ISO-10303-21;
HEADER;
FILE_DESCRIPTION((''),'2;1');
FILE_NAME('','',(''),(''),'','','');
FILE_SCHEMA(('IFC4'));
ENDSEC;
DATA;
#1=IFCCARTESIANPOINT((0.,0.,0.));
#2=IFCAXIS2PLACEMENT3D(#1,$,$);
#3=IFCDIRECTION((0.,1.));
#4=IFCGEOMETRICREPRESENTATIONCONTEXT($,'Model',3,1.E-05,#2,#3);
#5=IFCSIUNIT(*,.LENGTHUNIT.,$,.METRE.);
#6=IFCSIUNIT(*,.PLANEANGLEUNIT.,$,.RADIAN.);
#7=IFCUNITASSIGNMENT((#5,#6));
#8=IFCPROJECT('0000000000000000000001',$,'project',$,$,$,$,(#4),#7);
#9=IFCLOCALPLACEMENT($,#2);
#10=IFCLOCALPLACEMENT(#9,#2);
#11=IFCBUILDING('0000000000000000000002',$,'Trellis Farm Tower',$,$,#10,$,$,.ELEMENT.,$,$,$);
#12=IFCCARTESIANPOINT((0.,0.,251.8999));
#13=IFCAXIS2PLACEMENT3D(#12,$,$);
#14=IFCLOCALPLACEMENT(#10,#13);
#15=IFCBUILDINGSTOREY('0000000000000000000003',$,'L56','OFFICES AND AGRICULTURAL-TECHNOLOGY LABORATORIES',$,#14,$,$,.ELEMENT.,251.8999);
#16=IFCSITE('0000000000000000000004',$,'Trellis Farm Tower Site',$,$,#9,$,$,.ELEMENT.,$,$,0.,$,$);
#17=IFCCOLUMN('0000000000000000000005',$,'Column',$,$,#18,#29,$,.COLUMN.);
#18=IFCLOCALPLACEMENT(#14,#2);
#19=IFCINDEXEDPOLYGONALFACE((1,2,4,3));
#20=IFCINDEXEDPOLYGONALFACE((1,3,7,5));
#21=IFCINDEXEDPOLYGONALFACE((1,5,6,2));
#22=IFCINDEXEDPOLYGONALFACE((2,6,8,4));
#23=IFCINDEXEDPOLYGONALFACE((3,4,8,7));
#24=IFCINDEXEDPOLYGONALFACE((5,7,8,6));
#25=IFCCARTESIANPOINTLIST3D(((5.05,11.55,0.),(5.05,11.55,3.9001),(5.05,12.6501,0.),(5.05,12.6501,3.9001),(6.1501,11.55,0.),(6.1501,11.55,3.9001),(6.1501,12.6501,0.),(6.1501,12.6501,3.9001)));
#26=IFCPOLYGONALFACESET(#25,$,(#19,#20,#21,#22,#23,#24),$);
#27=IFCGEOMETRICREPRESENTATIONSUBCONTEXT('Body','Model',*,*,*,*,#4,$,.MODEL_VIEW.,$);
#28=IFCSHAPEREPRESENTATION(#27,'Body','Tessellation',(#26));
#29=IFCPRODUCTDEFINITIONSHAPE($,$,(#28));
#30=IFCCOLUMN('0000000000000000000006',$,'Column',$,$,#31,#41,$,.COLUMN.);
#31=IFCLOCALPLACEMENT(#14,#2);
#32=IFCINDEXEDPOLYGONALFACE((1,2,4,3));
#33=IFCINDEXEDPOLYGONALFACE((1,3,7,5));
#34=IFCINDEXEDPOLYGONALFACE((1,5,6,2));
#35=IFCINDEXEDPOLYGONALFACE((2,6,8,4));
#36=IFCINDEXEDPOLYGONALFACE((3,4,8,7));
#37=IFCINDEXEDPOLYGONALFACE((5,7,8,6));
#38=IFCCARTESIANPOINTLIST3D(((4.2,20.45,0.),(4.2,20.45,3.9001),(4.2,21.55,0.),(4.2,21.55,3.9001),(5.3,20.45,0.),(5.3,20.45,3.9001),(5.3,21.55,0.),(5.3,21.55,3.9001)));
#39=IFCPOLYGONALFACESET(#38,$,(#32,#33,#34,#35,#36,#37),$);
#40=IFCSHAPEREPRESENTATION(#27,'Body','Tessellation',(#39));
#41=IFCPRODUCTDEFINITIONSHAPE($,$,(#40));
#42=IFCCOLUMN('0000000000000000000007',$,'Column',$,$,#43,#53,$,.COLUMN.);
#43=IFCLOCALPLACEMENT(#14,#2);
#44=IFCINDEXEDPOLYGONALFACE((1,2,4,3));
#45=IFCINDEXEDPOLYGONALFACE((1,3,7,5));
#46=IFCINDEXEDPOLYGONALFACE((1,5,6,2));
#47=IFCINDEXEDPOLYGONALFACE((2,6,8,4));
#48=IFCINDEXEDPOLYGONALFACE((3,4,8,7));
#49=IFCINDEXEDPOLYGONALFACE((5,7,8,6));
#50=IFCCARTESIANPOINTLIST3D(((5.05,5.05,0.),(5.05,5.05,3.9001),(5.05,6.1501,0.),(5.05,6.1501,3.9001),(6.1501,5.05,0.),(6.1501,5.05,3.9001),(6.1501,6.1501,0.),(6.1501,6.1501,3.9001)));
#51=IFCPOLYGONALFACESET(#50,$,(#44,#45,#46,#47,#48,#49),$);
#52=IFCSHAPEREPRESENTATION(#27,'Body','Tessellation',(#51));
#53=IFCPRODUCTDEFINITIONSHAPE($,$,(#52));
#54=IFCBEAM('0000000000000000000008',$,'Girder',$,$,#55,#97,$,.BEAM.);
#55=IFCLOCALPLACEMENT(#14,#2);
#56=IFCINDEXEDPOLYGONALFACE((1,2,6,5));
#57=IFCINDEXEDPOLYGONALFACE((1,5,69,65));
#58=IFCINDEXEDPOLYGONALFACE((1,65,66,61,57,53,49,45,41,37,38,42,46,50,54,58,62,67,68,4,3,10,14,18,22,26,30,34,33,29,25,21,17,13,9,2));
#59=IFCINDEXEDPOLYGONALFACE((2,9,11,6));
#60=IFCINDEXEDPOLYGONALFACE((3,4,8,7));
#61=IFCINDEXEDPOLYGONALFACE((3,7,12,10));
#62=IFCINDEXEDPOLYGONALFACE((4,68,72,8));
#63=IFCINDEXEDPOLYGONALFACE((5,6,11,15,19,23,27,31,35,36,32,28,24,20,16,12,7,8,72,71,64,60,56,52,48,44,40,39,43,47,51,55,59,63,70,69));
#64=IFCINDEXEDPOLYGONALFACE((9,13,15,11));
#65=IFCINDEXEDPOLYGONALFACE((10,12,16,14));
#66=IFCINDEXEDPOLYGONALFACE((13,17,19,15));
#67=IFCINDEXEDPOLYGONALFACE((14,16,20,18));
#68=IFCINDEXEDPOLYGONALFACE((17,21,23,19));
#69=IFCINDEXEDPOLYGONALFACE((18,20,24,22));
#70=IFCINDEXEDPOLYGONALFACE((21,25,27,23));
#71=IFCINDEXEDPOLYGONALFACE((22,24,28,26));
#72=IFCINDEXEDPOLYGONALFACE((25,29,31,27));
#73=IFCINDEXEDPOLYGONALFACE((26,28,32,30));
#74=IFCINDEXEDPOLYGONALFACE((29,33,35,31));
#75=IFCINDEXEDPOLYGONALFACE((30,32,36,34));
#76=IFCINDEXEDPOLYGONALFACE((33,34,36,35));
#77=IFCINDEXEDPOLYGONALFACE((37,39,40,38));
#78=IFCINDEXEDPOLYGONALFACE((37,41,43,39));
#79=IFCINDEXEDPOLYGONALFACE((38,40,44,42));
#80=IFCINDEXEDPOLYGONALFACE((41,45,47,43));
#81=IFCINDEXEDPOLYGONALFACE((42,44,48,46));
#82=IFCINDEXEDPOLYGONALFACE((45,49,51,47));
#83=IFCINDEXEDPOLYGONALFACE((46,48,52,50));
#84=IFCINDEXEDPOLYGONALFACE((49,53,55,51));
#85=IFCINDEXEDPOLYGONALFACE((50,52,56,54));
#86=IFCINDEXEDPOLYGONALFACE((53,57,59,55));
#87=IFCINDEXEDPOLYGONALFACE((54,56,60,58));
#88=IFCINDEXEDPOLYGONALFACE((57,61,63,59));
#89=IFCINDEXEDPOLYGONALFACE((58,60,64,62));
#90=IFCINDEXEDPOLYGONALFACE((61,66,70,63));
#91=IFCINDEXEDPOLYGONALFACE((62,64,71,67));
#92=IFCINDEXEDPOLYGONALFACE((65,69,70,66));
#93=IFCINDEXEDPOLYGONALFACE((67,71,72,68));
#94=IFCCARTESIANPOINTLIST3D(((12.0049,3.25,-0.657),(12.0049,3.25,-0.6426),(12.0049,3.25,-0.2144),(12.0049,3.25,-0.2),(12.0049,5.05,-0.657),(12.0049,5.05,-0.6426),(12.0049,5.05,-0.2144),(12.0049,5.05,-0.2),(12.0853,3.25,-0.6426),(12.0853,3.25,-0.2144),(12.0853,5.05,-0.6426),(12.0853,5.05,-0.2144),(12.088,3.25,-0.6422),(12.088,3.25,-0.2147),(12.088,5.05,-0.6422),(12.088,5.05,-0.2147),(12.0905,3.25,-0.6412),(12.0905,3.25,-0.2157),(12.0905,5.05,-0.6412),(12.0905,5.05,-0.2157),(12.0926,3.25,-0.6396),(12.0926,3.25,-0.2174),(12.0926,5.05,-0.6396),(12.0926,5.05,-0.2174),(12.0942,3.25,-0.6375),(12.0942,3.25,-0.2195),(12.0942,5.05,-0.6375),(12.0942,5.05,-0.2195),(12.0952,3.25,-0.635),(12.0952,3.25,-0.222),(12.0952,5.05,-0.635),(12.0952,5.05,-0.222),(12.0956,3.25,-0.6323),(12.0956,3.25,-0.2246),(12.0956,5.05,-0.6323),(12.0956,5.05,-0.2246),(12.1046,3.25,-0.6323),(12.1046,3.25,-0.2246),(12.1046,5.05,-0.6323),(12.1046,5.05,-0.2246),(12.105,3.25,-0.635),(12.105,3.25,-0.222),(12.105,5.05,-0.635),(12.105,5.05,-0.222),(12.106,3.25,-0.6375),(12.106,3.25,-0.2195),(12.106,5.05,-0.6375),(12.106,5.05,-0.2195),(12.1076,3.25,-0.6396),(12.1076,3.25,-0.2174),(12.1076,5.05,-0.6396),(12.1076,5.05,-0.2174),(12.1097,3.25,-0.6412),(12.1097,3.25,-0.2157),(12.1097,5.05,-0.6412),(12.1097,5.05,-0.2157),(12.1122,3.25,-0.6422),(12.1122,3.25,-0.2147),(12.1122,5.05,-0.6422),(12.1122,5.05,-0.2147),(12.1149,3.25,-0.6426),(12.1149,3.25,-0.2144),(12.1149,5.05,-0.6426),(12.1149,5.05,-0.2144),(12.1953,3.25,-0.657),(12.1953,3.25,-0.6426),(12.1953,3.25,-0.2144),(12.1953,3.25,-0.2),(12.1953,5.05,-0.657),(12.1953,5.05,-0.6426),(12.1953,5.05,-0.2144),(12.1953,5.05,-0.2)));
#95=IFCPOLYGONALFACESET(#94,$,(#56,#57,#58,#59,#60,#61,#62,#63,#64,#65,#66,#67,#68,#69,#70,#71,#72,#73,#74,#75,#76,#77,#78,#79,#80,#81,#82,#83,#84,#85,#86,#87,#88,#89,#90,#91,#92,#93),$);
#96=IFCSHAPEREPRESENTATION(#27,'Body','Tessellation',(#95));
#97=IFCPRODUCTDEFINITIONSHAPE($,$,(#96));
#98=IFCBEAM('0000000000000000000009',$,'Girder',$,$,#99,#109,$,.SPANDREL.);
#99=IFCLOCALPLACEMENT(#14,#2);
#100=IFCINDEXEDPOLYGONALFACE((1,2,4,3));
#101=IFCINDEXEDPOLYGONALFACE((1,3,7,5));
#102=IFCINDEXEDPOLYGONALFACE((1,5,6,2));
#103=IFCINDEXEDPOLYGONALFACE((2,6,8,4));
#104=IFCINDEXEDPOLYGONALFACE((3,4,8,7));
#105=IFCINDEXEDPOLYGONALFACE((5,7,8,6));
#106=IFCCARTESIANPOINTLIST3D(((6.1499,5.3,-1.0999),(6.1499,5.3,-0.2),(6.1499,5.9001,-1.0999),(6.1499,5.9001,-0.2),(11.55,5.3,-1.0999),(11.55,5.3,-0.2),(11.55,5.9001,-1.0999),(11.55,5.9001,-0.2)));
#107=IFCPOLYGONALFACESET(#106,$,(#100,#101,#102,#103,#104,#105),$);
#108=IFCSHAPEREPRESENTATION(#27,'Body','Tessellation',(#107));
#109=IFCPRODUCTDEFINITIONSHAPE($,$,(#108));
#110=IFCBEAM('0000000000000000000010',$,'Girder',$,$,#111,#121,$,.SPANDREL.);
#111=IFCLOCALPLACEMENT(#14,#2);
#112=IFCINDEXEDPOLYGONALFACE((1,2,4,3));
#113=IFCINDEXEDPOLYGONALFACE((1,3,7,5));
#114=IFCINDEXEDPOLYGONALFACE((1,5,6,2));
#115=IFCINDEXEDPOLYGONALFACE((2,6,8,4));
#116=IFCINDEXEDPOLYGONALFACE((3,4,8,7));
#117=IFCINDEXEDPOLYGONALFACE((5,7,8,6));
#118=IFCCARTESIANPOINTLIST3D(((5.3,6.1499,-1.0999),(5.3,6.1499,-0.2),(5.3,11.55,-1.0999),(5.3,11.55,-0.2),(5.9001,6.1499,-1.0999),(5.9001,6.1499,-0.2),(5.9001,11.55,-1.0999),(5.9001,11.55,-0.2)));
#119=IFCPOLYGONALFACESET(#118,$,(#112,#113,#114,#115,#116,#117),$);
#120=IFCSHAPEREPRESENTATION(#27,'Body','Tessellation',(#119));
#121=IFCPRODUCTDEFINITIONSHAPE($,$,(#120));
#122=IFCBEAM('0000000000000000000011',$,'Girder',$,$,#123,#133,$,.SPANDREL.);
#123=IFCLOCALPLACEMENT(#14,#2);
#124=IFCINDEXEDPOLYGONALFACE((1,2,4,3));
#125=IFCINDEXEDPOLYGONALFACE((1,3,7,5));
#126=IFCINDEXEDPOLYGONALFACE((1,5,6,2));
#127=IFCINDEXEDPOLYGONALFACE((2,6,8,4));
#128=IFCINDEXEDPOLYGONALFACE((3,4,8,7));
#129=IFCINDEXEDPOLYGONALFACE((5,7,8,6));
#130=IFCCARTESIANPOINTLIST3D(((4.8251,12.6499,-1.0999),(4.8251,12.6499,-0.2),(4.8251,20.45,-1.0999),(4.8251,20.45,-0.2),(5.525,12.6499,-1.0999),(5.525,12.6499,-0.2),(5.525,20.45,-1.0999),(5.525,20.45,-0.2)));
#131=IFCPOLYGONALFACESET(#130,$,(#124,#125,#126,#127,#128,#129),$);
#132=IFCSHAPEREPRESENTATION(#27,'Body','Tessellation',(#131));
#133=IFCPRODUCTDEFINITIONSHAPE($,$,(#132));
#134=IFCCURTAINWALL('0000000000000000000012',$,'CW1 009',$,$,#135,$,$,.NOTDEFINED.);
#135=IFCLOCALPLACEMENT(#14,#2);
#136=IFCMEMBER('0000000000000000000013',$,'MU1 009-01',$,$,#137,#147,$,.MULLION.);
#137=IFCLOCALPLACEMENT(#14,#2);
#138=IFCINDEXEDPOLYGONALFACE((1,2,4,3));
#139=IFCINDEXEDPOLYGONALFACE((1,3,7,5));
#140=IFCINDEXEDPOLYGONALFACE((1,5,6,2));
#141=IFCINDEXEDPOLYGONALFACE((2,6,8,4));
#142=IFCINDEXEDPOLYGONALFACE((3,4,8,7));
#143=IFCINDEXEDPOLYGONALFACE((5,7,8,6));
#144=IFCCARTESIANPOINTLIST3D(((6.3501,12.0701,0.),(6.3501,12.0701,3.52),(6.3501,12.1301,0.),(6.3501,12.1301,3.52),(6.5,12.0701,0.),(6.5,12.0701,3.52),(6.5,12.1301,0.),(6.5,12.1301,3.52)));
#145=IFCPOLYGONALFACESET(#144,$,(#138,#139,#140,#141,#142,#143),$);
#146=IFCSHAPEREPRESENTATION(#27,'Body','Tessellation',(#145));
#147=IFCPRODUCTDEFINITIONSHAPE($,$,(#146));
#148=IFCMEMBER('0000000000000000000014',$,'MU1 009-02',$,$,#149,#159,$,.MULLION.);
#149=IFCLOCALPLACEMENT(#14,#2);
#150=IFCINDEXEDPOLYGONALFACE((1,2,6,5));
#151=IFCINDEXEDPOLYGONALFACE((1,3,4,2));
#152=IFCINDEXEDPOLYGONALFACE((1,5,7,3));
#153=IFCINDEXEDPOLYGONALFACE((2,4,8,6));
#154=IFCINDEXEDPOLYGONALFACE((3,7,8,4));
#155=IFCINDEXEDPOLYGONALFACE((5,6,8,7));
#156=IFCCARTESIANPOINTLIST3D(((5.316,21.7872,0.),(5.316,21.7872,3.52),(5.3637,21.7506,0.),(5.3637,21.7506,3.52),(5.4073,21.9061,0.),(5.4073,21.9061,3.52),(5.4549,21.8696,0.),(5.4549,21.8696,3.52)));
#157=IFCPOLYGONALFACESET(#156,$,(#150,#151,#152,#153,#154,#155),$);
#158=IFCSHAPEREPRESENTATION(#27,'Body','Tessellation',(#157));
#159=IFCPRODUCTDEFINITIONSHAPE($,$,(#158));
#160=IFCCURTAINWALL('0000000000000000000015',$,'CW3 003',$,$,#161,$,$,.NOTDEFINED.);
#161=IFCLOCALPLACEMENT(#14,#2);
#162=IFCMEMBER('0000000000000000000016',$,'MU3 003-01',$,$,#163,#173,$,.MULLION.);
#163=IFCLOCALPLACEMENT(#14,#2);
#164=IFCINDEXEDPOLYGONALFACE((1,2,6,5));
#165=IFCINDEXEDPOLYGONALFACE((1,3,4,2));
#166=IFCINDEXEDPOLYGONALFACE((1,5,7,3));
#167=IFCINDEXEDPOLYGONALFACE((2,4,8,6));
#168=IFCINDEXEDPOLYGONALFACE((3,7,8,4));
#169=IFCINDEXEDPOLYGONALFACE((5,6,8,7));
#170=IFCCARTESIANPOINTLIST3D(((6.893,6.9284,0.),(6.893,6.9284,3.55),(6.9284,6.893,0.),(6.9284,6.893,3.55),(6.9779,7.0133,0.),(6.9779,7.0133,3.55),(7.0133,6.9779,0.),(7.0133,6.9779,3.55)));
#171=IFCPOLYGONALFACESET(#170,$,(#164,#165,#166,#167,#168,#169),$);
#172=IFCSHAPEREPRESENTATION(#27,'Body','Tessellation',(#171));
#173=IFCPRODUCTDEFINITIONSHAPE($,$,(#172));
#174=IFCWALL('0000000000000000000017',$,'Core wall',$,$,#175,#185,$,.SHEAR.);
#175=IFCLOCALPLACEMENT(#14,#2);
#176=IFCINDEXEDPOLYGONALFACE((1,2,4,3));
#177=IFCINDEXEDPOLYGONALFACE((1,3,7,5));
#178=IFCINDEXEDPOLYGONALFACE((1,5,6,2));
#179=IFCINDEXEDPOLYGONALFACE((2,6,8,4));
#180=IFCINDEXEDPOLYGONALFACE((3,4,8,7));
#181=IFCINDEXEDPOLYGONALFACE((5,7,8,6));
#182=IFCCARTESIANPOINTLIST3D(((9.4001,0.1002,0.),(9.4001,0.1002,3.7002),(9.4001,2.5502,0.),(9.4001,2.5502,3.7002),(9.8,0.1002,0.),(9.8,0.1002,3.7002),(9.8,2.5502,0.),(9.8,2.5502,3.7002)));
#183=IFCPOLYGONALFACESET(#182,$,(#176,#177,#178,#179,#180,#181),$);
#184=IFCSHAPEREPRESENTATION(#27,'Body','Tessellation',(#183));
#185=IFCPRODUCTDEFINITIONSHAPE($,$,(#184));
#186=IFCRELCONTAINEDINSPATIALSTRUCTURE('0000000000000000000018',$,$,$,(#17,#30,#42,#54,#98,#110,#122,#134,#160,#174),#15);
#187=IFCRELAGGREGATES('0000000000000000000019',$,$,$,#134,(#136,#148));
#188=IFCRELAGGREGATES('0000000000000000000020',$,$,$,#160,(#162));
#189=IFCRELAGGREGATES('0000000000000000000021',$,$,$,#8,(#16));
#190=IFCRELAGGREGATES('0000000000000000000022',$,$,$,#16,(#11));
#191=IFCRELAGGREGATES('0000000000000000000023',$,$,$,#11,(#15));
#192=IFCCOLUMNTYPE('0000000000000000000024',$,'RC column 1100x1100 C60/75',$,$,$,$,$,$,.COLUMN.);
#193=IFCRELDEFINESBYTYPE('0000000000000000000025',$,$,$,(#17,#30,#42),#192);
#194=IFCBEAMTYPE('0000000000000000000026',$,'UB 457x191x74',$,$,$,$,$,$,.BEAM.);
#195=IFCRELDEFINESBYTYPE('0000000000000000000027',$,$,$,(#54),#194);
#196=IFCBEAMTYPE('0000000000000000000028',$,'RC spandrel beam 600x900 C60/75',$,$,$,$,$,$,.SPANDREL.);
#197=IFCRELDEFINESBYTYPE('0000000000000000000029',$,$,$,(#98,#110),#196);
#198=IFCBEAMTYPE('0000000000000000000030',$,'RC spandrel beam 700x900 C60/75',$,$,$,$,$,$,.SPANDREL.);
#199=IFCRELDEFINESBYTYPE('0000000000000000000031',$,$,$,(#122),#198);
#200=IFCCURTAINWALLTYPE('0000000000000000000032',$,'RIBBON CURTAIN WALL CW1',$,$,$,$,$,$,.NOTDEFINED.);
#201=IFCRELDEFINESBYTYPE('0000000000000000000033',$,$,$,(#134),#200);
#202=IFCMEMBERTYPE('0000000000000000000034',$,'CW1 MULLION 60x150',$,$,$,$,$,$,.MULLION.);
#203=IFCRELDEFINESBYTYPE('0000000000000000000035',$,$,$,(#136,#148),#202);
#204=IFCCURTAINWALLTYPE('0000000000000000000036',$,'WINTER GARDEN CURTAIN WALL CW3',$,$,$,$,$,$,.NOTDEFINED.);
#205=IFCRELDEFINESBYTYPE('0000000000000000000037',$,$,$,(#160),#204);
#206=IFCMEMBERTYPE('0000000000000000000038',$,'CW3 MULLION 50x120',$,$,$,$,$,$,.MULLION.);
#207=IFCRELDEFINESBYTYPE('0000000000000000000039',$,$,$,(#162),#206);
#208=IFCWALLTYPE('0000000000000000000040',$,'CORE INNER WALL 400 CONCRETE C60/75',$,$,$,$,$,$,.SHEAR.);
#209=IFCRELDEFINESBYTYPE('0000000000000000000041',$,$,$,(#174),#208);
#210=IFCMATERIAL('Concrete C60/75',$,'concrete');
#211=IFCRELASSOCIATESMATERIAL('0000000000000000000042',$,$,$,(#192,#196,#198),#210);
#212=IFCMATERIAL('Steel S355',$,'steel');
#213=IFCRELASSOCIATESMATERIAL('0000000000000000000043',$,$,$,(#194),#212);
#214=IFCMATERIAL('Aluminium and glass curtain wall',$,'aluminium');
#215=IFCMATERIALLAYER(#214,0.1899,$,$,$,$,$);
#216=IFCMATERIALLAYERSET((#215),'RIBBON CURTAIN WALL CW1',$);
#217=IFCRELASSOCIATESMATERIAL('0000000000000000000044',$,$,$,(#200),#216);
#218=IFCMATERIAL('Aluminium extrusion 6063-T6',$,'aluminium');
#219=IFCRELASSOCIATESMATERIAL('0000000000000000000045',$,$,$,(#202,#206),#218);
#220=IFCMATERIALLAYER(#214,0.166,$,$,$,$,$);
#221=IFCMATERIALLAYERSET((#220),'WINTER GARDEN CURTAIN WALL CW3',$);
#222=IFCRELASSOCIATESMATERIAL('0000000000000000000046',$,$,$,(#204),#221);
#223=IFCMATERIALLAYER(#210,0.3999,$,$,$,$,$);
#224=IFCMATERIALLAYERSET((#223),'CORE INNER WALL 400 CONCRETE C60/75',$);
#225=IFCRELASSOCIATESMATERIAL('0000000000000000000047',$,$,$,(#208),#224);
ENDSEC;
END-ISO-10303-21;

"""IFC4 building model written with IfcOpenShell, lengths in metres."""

from ifc_helpers import new_model, si_unit, direction, frame, frame_2d, origin, origin_2d, place, context, subcontext, project, spatial, rectangle, i_section, extrude, source, transform, mapped, material, layer, layer_set, material_profile, profile_set, type_object, element, aggregate, save


model = new_model("IFC4")

# Units and contexts
model_context = context("Model", 3, precision=1e-05, world=origin(), true_north=direction((0.0, 1.0)))
body_context = subcontext(model_context, "Body", "Model", "MODEL_VIEW")
ifc_project = project(units=[si_unit("LENGTHUNIT", "METRE"), si_unit("PLANEANGLEUNIT", "RADIAN")], contexts=[model_context])

# Site, building, storey
site_placement = place(None, origin())
site = spatial("IfcSite", under=ifc_project, at=site_placement, Name="Trellis Farm Tower Site", CompositionType="ELEMENT", RefElevation=0.0)
building_placement = place(site_placement, origin())
building = spatial("IfcBuilding", under=site, at=building_placement, Name="Trellis Farm Tower", CompositionType="ELEMENT")
storey_placement = place(building_placement, frame((0.0, 0.0, 251.8999)))
storey = spatial("IfcBuildingStorey", under=building, at=storey_placement, Name="L56", Description="OFFICES AND AGRICULTURAL-TECHNOLOGY LABORATORIES", CompositionType="ELEMENT", Elevation=251.8999)

# Columns
ifc_material_1 = material(Name="Concrete C60/75", Category="concrete")
ifc_material_profile_1 = material_profile(ifc_material_1, rectangle(XDim=1.1001, YDim=1.1001, at=origin_2d()), Name="RC column 1100x1100 C60/75")
ifc_profile_set_1 = profile_set([ifc_material_profile_1], Name="Concrete C60/75")
column_type = type_object("IfcColumnType", Name="RC column 1100x1100 C60/75", PredefinedType="COLUMN", material=ifc_profile_set_1)
shared_shape_1 = source(origin(), body_context, "Body", "SweptSolid", [
    extrude(rectangle(XDim=1.1001, YDim=1.1001, at=origin_2d()), origin(), (0.0, 0.0, 1.0), 3.9001),
])
for number, where, z_axis, x_axis, name in (
    (1, (5.6001, 12.1001, 0.0), (0.0, 0.0, 1.0), (1.0, 0.0, 0.0), "Column"),
    (2, (4.75, 21.0, 0.0), (0.0, 0.0, 1.0), (1.0, 0.0, 0.0), "Column"),
    (3, (5.6001, 5.6001, 0.0), (0.0, 0.0, 1.0), (1.0, 0.0, 0.0), "Column"),
):
    element("IfcColumn", number, at=place(storey_placement, frame(where, z_axis=z_axis, x_axis=x_axis)), inside=storey, type_object=column_type, Name=name, PredefinedType="COLUMN", context=body_context, shape_type="MappedRepresentation", body=[
        mapped(shared_shape_1, transform((0.0, 0.0, 0.0))),
    ])

# Beams
ifc_material_2 = material(Name="Steel S355", Category="steel")
ifc_material_profile_2 = material_profile(ifc_material_2, i_section(OverallWidth=0.1904, OverallDepth=0.457, WebThickness=0.009, FlangeThickness=0.0144, FilletRadius=0.0103, at=origin_2d()), Name="UB 457x191x74")
ifc_profile_set_2 = profile_set([ifc_material_profile_2], Name="Steel S355")
beam_type_1 = type_object("IfcBeamType", Name="UB 457x191x74", PredefinedType="BEAM", material=ifc_profile_set_2)
shared_shape_2 = source(origin(), body_context, "Body", "SweptSolid", [
    extrude(i_section(OverallWidth=0.1904, OverallDepth=0.457, WebThickness=0.009, FlangeThickness=0.0144, FilletRadius=0.0103, at=origin_2d()), origin(), (0.0, 0.0, 1.0), 1.8),
])
beam_1_placement = place(storey_placement, frame((12.1001, 3.25, -0.4285), z_axis=(0.0, 1.0, 0.0), x_axis=(-1.0, 0.0, 0.0)))
element("IfcBeam", 4, at=beam_1_placement, inside=storey, type_object=beam_type_1, Name="Girder", PredefinedType="BEAM", context=body_context, shape_type="MappedRepresentation", body=[
    mapped(shared_shape_2, transform((0.0, 0.0, 0.0))),
])
ifc_material_profile_3 = material_profile(ifc_material_1, rectangle(XDim=0.6001, YDim=0.8999, at=origin_2d()), Name="RC spandrel beam 600x900 C60/75")
ifc_profile_set_3 = profile_set([ifc_material_profile_3], Name="Concrete C60/75")
beam_type_2 = type_object("IfcBeamType", Name="RC spandrel beam 600x900 C60/75", PredefinedType="SPANDREL", material=ifc_profile_set_3)
shared_shape_3 = source(origin(), body_context, "Body", "SweptSolid", [
    extrude(rectangle(XDim=0.6001, YDim=0.8999, at=origin_2d()), origin(), (0.0, 0.0, 1.0), 5.4001),
])
for number, where, z_axis, x_axis, name in (
    (5, (6.1499, 5.6001, -0.6499), (1.0, 0.0, 0.0), (0.0, 1.0, 0.0), "Girder"),
    (6, (5.6001, 6.1499, -0.6499), (0.0, 1.0, 0.0), (-1.0, 0.0, 0.0), "Girder"),
):
    element("IfcBeam", number, at=place(storey_placement, frame(where, z_axis=z_axis, x_axis=x_axis)), inside=storey, type_object=beam_type_2, Name=name, PredefinedType="SPANDREL", context=body_context, shape_type="MappedRepresentation", body=[
        mapped(shared_shape_3, transform((0.0, 0.0, 0.0))),
    ])
ifc_material_profile_4 = material_profile(ifc_material_1, rectangle(XDim=0.7, YDim=0.8999, at=origin_2d()), Name="RC spandrel beam 700x900 C60/75")
ifc_profile_set_4 = profile_set([ifc_material_profile_4], Name="Concrete C60/75")
beam_type_3 = type_object("IfcBeamType", Name="RC spandrel beam 700x900 C60/75", PredefinedType="SPANDREL", material=ifc_profile_set_4)
shared_shape_4 = source(origin(), body_context, "Body", "SweptSolid", [
    extrude(rectangle(XDim=0.7, YDim=0.8999, at=origin_2d()), origin(), (0.0, 0.0, 1.0), 7.8),
])
beam_2_placement = place(storey_placement, frame((5.175, 12.6499, -0.6499), z_axis=(0.0, 1.0, 0.0), x_axis=(-1.0, 0.0, 0.0)))
element("IfcBeam", 7, at=beam_2_placement, inside=storey, type_object=beam_type_3, Name="Girder", PredefinedType="SPANDREL", context=body_context, shape_type="MappedRepresentation", body=[
    mapped(shared_shape_4, transform((0.0, 0.0, 0.0))),
])

# Curtain wall, members
ifc_material_3 = material(Name="Aluminium and glass curtain wall", Category="aluminium")
ifc_layer_1 = layer(ifc_material_3, 0.1899)
ifc_layer_set_1 = layer_set([ifc_layer_1], Name="RIBBON CURTAIN WALL CW1")
curtain_wall_type_1 = type_object("IfcCurtainWallType", Name="RIBBON CURTAIN WALL CW1", PredefinedType="NOTDEFINED", material=ifc_layer_set_1)
placement = place(storey_placement, origin())
curtain_wall_1 = element("IfcCurtainWall", 8, at=placement, inside=storey, type_object=curtain_wall_type_1, Name="CW1 009", PredefinedType="NOTDEFINED")
ifc_material_4 = material(Name="Aluminium extrusion 6063-T6", Category="aluminium")
ifc_material_profile_5 = material_profile(ifc_material_4, rectangle(XDim=0.0601, YDim=0.1499, at=origin_2d()), Name="MULLION 60x150")
ifc_profile_set_5 = profile_set([ifc_material_profile_5], Name="Aluminium extrusion 6063-T6")
member_type_1 = type_object("IfcMemberType", Name="CW1 MULLION 60x150", PredefinedType="MULLION", material=ifc_profile_set_5)
shared_shape_5 = source(origin(), body_context, "Body", "SweptSolid", [
    extrude(rectangle(XDim=0.0601, YDim=0.1499, at=origin_2d()), origin(), (0.0, 0.0, 1.0), 3.52),
])
member_1_placement = place(storey_placement, frame((6.425, 12.1001, 0.0), z_axis=(0.0, 0.0, 1.0), x_axis=(0.0, 1.0, 0.0)))
member_1 = element("IfcMember", 9, at=member_1_placement, type_object=member_type_1, Name="MU1 009-01", PredefinedType="MULLION", context=body_context, shape_type="MappedRepresentation", body=[
    mapped(shared_shape_5, transform((0.0, 0.0, 0.0))),
])
member_2_placement = place(storey_placement, frame((5.3855, 21.8284, 0.0), z_axis=(0.0, 0.0, 1.0), x_axis=(-0.793353, 0.608761, 0.0)))
member_2 = element("IfcMember", 10, at=member_2_placement, type_object=member_type_1, Name="MU1 009-02", PredefinedType="MULLION", context=body_context, shape_type="MappedRepresentation", body=[
    mapped(shared_shape_5, transform((0.0, 0.0, 0.0))),
])
aggregate(curtain_wall_1, [member_1, member_2])

# Curtain wall, member
ifc_layer_2 = layer(ifc_material_3, 0.166)
ifc_layer_set_2 = layer_set([ifc_layer_2], Name="WINTER GARDEN CURTAIN WALL CW3")
curtain_wall_type_2 = type_object("IfcCurtainWallType", Name="WINTER GARDEN CURTAIN WALL CW3", PredefinedType="NOTDEFINED", material=ifc_layer_set_2)
curtain_wall_2 = element("IfcCurtainWall", 11, at=placement, inside=storey, type_object=curtain_wall_type_2, Name="CW3 003", PredefinedType="NOTDEFINED")
ifc_material_profile_6 = material_profile(ifc_material_4, rectangle(XDim=0.05, YDim=0.1201, at=origin_2d()), Name="MULLION 50x120")
ifc_profile_set_6 = profile_set([ifc_material_profile_6], Name="Aluminium extrusion 6063-T6")
member_type_2 = type_object("IfcMemberType", Name="CW3 MULLION 50x120", PredefinedType="MULLION", material=ifc_profile_set_6)
shared_shape_6 = source(origin(), body_context, "Body", "SweptSolid", [
    extrude(rectangle(XDim=0.05, YDim=0.1201, at=origin_2d()), origin(), (0.0, 0.0, 1.0), 3.55),
])
member_3_placement = place(storey_placement, frame((6.9531, 6.9531, 0.0), z_axis=(0.0, 0.0, 1.0), x_axis=(-0.707107, 0.707107, 0.0)))
member_3 = element("IfcMember", 12, at=member_3_placement, type_object=member_type_2, Name="MU3 003-01", PredefinedType="MULLION", context=body_context, shape_type="MappedRepresentation", body=[
    mapped(shared_shape_6, transform((0.0, 0.0, 0.0))),
])
aggregate(curtain_wall_2, [member_3])

# Wall
ifc_layer_3 = layer(ifc_material_1, 0.3999)
ifc_layer_set_3 = layer_set([ifc_layer_3], Name="CORE INNER WALL 400 CONCRETE C60/75")
wall_type_1 = type_object("IfcWallType", Name="CORE INNER WALL 400 CONCRETE C60/75", PredefinedType="SHEAR", material=ifc_layer_set_3)
shared_shape_7 = source(origin(), body_context, "Body", "SweptSolid", [
    extrude(rectangle(XDim=2.45, YDim=0.3999, at=frame_2d((1.2251, 0.0))), origin(), (0.0, 0.0, 1.0), 3.7002),
])
wall_1_placement = place(storey_placement, frame((9.6001, 0.1001, 0.0), z_axis=(0.0, 0.0, 1.0), x_axis=(0.0, 1.0, 0.0)))
element("IfcWall", 13, at=wall_1_placement, inside=storey, type_object=wall_type_1, Name="Core wall", PredefinedType="SHEAR", context=body_context, shape_type="MappedRepresentation", body=[
    mapped(shared_shape_7, transform((0.0, 0.0, 0.0))),
])

save(model, "model.ifc")
